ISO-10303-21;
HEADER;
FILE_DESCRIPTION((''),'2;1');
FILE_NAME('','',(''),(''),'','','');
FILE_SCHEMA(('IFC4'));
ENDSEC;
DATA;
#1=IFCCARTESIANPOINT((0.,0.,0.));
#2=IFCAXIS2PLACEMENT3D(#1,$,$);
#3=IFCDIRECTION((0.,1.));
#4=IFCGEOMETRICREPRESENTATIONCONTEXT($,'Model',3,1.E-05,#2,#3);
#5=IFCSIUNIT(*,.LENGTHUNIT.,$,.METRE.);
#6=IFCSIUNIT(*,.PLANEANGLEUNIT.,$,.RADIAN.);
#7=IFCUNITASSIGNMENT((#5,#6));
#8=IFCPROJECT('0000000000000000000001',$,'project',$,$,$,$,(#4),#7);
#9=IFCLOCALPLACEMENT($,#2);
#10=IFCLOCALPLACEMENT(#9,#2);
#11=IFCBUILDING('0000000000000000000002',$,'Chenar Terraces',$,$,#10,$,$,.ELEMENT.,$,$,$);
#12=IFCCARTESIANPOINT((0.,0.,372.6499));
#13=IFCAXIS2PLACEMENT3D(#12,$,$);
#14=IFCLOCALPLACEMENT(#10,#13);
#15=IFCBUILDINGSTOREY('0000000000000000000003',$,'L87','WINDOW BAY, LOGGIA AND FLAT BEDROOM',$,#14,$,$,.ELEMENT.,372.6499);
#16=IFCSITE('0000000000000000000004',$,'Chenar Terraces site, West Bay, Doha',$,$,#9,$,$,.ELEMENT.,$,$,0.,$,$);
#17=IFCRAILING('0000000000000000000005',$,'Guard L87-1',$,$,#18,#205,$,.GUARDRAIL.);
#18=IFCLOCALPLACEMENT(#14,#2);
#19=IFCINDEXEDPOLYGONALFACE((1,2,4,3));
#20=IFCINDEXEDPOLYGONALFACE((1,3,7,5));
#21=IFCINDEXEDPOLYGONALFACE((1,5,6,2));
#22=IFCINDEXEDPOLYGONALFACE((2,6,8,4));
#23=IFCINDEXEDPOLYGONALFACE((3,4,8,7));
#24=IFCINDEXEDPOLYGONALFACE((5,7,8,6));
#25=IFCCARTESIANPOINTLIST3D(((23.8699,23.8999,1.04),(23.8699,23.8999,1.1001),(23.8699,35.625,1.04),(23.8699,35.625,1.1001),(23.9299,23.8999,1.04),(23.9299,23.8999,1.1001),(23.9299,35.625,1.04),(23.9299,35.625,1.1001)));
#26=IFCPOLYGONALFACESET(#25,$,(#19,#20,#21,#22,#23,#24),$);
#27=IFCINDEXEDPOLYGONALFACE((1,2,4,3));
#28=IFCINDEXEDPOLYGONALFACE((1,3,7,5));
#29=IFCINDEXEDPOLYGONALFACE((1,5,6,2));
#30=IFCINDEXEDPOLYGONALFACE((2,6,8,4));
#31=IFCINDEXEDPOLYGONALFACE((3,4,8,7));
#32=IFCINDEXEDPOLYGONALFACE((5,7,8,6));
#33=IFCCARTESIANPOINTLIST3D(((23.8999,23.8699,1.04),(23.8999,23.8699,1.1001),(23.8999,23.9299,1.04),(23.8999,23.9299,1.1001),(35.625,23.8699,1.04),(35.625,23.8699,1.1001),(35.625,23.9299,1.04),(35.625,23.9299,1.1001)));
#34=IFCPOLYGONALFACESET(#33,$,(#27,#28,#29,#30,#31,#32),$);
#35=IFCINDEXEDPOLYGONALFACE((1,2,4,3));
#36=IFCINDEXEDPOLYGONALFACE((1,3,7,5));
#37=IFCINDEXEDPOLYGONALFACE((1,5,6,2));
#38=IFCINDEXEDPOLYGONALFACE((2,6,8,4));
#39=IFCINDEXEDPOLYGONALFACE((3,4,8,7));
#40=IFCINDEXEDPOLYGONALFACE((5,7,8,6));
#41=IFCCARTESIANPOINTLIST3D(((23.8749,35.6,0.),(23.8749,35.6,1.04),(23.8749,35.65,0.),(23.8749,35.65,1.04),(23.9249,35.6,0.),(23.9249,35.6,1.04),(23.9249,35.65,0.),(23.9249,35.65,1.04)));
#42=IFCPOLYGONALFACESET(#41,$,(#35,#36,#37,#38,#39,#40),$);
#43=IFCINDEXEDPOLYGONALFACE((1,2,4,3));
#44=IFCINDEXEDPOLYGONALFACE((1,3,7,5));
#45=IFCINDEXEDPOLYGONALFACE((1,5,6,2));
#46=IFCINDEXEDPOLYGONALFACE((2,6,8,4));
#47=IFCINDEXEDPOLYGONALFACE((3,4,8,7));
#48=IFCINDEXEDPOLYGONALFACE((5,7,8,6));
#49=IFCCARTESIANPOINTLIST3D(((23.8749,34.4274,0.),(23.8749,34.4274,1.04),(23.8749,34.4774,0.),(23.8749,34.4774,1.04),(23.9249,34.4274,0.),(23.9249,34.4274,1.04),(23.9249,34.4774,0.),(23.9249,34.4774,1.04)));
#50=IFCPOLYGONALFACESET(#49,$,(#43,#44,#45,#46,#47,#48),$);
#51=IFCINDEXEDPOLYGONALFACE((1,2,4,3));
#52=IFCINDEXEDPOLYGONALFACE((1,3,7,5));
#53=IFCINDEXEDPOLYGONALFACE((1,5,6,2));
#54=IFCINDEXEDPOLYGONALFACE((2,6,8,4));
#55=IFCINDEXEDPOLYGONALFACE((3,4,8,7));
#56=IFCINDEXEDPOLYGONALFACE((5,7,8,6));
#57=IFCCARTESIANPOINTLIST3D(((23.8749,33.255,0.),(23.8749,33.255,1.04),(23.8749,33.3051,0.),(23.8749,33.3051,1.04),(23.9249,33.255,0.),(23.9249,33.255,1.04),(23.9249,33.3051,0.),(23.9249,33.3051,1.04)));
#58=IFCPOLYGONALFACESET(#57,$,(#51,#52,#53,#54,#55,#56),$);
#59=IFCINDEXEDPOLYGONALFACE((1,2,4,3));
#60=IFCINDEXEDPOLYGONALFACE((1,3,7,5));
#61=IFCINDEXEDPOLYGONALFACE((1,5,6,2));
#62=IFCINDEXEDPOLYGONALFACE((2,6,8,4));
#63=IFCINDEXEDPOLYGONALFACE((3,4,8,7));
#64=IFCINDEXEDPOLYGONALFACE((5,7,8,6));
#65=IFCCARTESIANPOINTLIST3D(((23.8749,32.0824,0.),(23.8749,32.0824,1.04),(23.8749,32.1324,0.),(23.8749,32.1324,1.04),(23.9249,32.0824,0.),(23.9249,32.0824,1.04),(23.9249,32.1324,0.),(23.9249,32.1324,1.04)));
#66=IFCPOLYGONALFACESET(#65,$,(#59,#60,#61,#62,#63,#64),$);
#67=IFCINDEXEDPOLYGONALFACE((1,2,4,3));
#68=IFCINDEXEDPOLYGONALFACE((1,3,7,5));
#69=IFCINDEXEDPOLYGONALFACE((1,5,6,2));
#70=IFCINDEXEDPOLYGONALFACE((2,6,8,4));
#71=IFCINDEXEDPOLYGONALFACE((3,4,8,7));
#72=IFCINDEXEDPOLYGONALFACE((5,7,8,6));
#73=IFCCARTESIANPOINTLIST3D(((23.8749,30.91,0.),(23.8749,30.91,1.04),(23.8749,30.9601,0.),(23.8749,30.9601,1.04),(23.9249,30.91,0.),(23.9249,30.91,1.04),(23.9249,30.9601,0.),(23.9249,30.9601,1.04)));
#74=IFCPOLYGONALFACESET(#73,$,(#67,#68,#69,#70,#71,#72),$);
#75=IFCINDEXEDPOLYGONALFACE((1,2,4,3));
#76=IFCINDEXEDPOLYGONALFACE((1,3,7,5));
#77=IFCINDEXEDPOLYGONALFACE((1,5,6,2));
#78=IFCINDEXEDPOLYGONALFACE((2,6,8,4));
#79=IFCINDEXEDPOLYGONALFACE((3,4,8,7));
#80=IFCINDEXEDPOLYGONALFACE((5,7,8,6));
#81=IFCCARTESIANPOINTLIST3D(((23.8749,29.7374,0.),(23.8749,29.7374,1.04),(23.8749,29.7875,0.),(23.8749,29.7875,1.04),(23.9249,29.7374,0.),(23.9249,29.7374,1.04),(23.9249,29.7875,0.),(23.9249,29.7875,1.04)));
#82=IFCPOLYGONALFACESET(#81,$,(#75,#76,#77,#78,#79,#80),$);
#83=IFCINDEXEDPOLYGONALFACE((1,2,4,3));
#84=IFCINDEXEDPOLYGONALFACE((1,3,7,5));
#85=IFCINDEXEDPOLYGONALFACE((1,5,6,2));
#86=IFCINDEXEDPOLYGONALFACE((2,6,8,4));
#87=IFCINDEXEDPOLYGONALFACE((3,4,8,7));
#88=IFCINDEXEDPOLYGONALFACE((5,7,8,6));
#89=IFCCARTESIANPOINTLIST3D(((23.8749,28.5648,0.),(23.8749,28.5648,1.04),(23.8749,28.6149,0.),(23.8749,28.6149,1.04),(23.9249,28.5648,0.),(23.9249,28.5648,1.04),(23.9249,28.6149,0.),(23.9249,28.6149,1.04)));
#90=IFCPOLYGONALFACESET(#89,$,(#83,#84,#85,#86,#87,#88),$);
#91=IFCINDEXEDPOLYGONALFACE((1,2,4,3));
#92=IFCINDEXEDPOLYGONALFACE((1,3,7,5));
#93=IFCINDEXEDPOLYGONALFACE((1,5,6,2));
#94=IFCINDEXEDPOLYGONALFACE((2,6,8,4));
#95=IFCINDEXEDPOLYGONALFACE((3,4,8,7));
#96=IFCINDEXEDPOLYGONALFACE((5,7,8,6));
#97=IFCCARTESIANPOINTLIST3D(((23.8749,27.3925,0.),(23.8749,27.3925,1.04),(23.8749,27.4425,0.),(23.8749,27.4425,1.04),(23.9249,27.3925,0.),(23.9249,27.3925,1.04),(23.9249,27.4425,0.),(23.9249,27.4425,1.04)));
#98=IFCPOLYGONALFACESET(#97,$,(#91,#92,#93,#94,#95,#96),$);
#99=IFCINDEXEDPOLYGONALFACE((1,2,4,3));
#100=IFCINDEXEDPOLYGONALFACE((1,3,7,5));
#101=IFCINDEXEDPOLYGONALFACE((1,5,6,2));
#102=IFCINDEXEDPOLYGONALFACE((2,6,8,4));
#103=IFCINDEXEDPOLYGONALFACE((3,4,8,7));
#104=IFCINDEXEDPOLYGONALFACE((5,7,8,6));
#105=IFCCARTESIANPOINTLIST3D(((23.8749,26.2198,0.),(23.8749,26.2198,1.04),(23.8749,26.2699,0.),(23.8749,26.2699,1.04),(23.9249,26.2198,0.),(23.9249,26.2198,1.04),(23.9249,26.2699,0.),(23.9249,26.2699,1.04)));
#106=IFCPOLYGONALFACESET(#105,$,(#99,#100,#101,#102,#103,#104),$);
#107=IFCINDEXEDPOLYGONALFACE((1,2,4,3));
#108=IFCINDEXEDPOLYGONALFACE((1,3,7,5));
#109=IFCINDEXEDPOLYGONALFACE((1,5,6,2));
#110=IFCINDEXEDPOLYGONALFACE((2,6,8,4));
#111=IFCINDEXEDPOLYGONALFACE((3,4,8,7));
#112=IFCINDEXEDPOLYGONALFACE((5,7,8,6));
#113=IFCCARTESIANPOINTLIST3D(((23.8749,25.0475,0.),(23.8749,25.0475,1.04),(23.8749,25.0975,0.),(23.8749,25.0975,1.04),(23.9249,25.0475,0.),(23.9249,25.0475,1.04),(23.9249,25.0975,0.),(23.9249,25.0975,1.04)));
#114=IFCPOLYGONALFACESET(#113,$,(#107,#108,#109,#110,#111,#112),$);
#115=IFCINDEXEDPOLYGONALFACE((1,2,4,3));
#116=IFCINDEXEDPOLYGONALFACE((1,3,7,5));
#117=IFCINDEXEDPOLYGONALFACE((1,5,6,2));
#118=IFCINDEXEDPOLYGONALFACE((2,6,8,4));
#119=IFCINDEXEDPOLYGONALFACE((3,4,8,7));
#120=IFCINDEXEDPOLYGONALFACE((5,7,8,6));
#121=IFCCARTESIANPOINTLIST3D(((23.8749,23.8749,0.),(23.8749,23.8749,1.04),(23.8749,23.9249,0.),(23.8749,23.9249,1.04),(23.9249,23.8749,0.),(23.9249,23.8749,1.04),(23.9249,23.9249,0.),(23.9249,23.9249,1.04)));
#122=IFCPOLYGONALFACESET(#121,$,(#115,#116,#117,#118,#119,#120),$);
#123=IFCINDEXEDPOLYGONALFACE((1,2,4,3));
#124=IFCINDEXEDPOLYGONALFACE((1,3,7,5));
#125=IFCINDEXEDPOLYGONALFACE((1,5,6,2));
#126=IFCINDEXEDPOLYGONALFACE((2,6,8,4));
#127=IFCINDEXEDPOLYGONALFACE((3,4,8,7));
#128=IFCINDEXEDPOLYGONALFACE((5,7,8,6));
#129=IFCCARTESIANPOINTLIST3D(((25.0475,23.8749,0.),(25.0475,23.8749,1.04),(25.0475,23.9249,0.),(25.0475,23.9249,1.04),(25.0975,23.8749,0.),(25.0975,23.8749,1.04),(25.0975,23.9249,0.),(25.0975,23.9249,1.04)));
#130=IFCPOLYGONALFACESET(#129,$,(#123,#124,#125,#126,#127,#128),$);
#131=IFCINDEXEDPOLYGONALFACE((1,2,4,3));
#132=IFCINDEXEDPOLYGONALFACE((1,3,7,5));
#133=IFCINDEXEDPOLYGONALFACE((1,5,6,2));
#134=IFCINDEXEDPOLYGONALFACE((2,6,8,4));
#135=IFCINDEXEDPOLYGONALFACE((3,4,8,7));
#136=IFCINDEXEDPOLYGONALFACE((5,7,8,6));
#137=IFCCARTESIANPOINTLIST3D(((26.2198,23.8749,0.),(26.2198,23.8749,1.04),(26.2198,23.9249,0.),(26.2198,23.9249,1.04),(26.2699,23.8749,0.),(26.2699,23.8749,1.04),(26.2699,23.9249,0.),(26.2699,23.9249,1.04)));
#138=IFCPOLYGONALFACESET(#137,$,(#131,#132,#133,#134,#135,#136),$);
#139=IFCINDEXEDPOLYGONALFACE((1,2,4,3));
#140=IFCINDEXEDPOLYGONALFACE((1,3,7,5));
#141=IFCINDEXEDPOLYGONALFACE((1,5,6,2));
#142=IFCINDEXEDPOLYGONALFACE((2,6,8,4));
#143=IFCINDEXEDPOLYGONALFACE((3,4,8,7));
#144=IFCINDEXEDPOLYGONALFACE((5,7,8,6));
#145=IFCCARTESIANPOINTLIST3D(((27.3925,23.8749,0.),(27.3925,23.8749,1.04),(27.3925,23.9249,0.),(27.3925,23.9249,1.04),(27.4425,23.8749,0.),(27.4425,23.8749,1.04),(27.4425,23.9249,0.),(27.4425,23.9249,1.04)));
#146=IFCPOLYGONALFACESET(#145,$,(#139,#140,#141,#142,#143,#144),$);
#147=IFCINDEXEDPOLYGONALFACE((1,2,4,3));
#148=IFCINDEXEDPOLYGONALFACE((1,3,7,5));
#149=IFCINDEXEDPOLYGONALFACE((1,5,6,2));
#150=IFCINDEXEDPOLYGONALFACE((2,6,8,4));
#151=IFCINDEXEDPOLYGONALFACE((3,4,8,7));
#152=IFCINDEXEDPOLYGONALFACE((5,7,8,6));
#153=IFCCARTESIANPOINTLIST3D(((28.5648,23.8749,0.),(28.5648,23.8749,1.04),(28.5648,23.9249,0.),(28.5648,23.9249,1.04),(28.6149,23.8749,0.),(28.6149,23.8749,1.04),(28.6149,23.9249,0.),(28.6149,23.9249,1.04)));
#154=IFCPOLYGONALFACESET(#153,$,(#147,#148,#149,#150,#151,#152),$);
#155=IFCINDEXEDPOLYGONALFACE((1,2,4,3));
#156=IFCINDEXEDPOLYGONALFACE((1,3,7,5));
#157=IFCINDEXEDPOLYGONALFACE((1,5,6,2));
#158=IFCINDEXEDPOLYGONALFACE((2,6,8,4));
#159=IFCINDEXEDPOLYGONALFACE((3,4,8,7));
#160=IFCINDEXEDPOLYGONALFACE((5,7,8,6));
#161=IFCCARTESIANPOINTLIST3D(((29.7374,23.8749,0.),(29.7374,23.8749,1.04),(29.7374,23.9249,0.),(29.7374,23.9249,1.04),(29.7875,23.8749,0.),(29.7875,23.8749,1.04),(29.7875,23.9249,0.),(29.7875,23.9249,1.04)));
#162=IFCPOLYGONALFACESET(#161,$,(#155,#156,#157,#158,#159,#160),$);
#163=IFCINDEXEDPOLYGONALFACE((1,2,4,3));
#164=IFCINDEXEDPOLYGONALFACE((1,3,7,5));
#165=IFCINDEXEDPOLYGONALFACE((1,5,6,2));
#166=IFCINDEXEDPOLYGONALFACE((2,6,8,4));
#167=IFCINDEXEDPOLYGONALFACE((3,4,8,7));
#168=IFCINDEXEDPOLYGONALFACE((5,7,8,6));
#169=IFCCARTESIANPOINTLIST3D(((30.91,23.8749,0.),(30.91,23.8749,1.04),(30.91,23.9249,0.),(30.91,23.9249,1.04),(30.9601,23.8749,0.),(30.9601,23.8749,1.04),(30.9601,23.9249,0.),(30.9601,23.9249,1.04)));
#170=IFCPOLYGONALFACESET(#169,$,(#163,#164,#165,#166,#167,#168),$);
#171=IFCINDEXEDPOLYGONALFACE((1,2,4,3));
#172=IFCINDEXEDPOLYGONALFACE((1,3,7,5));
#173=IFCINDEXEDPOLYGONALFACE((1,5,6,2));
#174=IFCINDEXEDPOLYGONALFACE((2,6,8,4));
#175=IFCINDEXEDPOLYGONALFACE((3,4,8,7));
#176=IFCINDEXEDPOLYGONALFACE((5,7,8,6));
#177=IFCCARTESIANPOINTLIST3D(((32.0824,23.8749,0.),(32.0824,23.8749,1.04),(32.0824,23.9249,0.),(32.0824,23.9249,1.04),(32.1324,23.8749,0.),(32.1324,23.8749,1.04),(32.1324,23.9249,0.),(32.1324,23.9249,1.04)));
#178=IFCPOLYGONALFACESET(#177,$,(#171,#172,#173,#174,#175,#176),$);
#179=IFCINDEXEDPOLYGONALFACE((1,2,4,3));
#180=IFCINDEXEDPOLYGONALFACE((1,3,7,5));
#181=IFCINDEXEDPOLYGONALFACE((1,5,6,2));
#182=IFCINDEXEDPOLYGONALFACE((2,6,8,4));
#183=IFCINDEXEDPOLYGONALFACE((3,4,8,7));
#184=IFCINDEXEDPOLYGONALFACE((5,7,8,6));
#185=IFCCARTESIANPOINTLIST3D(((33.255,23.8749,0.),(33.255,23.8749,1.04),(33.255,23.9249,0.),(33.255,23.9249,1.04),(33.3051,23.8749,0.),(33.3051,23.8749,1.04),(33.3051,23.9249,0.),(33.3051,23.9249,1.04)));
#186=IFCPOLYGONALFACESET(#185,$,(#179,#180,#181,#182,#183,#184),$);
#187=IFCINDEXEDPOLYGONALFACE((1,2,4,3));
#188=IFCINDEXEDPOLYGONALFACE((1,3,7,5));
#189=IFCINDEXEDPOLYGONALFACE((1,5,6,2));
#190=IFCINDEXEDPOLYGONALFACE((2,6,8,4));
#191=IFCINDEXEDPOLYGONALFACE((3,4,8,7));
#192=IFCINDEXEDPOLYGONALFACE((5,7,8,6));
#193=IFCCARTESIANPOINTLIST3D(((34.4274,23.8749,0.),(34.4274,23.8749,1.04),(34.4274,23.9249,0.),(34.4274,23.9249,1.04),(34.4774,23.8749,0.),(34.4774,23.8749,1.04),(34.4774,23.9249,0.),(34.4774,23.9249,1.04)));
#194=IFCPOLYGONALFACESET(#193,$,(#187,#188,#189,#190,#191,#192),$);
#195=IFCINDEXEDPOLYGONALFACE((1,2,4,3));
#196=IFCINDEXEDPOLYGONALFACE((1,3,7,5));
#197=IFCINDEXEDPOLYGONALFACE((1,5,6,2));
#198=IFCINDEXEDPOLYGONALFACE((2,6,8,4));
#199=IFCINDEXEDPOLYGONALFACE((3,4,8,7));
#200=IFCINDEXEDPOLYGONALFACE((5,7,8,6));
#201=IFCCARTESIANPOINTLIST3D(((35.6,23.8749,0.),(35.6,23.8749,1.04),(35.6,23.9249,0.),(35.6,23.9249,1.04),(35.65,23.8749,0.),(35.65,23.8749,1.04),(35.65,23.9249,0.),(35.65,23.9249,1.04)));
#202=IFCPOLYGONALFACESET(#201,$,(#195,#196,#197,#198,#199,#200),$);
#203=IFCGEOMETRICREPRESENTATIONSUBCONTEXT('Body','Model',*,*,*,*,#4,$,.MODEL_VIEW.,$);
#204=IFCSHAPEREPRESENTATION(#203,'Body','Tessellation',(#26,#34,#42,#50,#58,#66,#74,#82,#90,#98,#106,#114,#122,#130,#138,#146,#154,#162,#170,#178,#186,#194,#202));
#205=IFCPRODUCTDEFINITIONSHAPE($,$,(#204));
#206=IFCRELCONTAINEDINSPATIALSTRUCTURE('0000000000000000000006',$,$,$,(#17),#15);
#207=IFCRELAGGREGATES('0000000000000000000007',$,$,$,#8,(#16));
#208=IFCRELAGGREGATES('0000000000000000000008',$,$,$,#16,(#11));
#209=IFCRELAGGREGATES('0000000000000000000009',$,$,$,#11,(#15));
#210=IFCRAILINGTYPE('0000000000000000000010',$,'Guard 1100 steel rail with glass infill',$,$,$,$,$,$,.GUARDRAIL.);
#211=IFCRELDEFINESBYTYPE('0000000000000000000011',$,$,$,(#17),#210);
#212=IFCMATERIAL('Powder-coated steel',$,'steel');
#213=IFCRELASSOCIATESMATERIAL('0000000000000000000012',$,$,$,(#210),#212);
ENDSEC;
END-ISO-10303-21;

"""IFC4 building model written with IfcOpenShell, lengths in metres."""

from ifc_helpers import new_model, si_unit, direction, frame, origin, origin_2d, place, context, subcontext, project, spatial, rectangle, extrude, material, type_object, element, save


model = new_model("IFC4")

# Units and contexts
model_context = context("Model", 3, precision=1e-05, world=origin(), true_north=direction((0.0, 1.0)))
body_context = subcontext(model_context, "Body", "Model", "MODEL_VIEW")
ifc_project = project(units=[si_unit("LENGTHUNIT", "METRE"), si_unit("PLANEANGLEUNIT", "RADIAN")], contexts=[model_context])

# Site, building, storey
site_placement = place(None, origin())
site = spatial("IfcSite", under=ifc_project, at=site_placement, Name="Chenar Terraces site, West Bay, Doha", CompositionType="ELEMENT", RefElevation=0.0)
building_placement = place(site_placement, origin())
building = spatial("IfcBuilding", under=site, at=building_placement, Name="Chenar Terraces", CompositionType="ELEMENT")
storey_placement = place(building_placement, frame((0.0, 0.0, 372.6499)))
storey = spatial("IfcBuildingStorey", under=building, at=storey_placement, Name="L87", Description="WINDOW BAY, LOGGIA AND FLAT BEDROOM", CompositionType="ELEMENT", Elevation=372.6499)

# Railing
ifc_material_1 = material(Name="Powder-coated steel", Category="steel")
railing_type = type_object("IfcRailingType", Name="Guard 1100 steel rail with glass infill", PredefinedType="GUARDRAIL", material=ifc_material_1)
railing_placement = place(storey_placement, frame((23.8999, 35.625, 0.0)))
element("IfcRailing", 1, at=railing_placement, inside=storey, type_object=railing_type, Name="Guard L87-1", PredefinedType="GUARDRAIL", context=body_context, shape_type="SweptSolid", body=[
    extrude(rectangle(XDim=0.0601, YDim=0.0601, at=origin_2d()), frame((0.0, 0.0, 1.0701), z_axis=(0.0, -1.0, 0.0), x_axis=(1.0, 0.0, 0.0)), (0.0, 0.0, 1.0), 11.7251),
    extrude(rectangle(XDim=0.0601, YDim=0.0601, at=origin_2d()), frame((0.0, -11.7251, 1.0701), z_axis=(1.0, 0.0, 0.0), x_axis=(0.0, 1.0, 0.0)), (0.0, 0.0, 1.0), 11.7251),
    extrude(rectangle(XDim=0.05, YDim=0.05, at=origin_2d()), origin(), (0.0, 0.0, 1.0), 1.04),
    extrude(rectangle(XDim=0.05, YDim=0.05, at=origin_2d()), frame((0.0, -1.1726, 0.0)), (0.0, 0.0, 1.0), 1.04),
    extrude(rectangle(XDim=0.05, YDim=0.05, at=origin_2d()), frame((0.0, -2.345, 0.0)), (0.0, 0.0, 1.0), 1.04),
    extrude(rectangle(XDim=0.05, YDim=0.05, at=origin_2d()), frame((0.0, -3.5176, 0.0)), (0.0, 0.0, 1.0), 1.04),
    extrude(rectangle(XDim=0.05, YDim=0.05, at=origin_2d()), frame((0.0, -4.6899, 0.0)), (0.0, 0.0, 1.0), 1.04),
    extrude(rectangle(XDim=0.05, YDim=0.05, at=origin_2d()), frame((0.0, -5.8625, 0.0)), (0.0, 0.0, 1.0), 1.04),
    extrude(rectangle(XDim=0.05, YDim=0.05, at=origin_2d()), frame((0.0, -7.0352, 0.0)), (0.0, 0.0, 1.0), 1.04),
    extrude(rectangle(XDim=0.05, YDim=0.05, at=origin_2d()), frame((0.0, -8.2075, 0.0)), (0.0, 0.0, 1.0), 1.04),
    extrude(rectangle(XDim=0.05, YDim=0.05, at=origin_2d()), frame((0.0, -9.3801, 0.0)), (0.0, 0.0, 1.0), 1.04),
    extrude(rectangle(XDim=0.05, YDim=0.05, at=origin_2d()), frame((0.0, -10.5525, 0.0)), (0.0, 0.0, 1.0), 1.04),
    extrude(rectangle(XDim=0.05, YDim=0.05, at=origin_2d()), frame((0.0, -11.7251, 0.0)), (0.0, 0.0, 1.0), 1.04),
    extrude(rectangle(XDim=0.05, YDim=0.05, at=origin_2d()), frame((1.1726, -11.7251, 0.0)), (0.0, 0.0, 1.0), 1.04),
    extrude(rectangle(XDim=0.05, YDim=0.05, at=origin_2d()), frame((2.345, -11.7251, 0.0)), (0.0, 0.0, 1.0), 1.04),
    extrude(rectangle(XDim=0.05, YDim=0.05, at=origin_2d()), frame((3.5176, -11.7251, 0.0)), (0.0, 0.0, 1.0), 1.04),
    extrude(rectangle(XDim=0.05, YDim=0.05, at=origin_2d()), frame((4.6899, -11.7251, 0.0)), (0.0, 0.0, 1.0), 1.04),
    extrude(rectangle(XDim=0.05, YDim=0.05, at=origin_2d()), frame((5.8625, -11.7251, 0.0)), (0.0, 0.0, 1.0), 1.04),
    extrude(rectangle(XDim=0.05, YDim=0.05, at=origin_2d()), frame((7.0352, -11.7251, 0.0)), (0.0, 0.0, 1.0), 1.04),
    extrude(rectangle(XDim=0.05, YDim=0.05, at=origin_2d()), frame((8.2075, -11.7251, 0.0)), (0.0, 0.0, 1.0), 1.04),
    extrude(rectangle(XDim=0.05, YDim=0.05, at=origin_2d()), frame((9.3801, -11.7251, 0.0)), (0.0, 0.0, 1.0), 1.04),
    extrude(rectangle(XDim=0.05, YDim=0.05, at=origin_2d()), frame((10.5525, -11.7251, 0.0)), (0.0, 0.0, 1.0), 1.04),
    extrude(rectangle(XDim=0.05, YDim=0.05, at=origin_2d()), frame((11.7251, -11.7251, 0.0)), (0.0, 0.0, 1.0), 1.04),
])

save(model, "model.ifc")
